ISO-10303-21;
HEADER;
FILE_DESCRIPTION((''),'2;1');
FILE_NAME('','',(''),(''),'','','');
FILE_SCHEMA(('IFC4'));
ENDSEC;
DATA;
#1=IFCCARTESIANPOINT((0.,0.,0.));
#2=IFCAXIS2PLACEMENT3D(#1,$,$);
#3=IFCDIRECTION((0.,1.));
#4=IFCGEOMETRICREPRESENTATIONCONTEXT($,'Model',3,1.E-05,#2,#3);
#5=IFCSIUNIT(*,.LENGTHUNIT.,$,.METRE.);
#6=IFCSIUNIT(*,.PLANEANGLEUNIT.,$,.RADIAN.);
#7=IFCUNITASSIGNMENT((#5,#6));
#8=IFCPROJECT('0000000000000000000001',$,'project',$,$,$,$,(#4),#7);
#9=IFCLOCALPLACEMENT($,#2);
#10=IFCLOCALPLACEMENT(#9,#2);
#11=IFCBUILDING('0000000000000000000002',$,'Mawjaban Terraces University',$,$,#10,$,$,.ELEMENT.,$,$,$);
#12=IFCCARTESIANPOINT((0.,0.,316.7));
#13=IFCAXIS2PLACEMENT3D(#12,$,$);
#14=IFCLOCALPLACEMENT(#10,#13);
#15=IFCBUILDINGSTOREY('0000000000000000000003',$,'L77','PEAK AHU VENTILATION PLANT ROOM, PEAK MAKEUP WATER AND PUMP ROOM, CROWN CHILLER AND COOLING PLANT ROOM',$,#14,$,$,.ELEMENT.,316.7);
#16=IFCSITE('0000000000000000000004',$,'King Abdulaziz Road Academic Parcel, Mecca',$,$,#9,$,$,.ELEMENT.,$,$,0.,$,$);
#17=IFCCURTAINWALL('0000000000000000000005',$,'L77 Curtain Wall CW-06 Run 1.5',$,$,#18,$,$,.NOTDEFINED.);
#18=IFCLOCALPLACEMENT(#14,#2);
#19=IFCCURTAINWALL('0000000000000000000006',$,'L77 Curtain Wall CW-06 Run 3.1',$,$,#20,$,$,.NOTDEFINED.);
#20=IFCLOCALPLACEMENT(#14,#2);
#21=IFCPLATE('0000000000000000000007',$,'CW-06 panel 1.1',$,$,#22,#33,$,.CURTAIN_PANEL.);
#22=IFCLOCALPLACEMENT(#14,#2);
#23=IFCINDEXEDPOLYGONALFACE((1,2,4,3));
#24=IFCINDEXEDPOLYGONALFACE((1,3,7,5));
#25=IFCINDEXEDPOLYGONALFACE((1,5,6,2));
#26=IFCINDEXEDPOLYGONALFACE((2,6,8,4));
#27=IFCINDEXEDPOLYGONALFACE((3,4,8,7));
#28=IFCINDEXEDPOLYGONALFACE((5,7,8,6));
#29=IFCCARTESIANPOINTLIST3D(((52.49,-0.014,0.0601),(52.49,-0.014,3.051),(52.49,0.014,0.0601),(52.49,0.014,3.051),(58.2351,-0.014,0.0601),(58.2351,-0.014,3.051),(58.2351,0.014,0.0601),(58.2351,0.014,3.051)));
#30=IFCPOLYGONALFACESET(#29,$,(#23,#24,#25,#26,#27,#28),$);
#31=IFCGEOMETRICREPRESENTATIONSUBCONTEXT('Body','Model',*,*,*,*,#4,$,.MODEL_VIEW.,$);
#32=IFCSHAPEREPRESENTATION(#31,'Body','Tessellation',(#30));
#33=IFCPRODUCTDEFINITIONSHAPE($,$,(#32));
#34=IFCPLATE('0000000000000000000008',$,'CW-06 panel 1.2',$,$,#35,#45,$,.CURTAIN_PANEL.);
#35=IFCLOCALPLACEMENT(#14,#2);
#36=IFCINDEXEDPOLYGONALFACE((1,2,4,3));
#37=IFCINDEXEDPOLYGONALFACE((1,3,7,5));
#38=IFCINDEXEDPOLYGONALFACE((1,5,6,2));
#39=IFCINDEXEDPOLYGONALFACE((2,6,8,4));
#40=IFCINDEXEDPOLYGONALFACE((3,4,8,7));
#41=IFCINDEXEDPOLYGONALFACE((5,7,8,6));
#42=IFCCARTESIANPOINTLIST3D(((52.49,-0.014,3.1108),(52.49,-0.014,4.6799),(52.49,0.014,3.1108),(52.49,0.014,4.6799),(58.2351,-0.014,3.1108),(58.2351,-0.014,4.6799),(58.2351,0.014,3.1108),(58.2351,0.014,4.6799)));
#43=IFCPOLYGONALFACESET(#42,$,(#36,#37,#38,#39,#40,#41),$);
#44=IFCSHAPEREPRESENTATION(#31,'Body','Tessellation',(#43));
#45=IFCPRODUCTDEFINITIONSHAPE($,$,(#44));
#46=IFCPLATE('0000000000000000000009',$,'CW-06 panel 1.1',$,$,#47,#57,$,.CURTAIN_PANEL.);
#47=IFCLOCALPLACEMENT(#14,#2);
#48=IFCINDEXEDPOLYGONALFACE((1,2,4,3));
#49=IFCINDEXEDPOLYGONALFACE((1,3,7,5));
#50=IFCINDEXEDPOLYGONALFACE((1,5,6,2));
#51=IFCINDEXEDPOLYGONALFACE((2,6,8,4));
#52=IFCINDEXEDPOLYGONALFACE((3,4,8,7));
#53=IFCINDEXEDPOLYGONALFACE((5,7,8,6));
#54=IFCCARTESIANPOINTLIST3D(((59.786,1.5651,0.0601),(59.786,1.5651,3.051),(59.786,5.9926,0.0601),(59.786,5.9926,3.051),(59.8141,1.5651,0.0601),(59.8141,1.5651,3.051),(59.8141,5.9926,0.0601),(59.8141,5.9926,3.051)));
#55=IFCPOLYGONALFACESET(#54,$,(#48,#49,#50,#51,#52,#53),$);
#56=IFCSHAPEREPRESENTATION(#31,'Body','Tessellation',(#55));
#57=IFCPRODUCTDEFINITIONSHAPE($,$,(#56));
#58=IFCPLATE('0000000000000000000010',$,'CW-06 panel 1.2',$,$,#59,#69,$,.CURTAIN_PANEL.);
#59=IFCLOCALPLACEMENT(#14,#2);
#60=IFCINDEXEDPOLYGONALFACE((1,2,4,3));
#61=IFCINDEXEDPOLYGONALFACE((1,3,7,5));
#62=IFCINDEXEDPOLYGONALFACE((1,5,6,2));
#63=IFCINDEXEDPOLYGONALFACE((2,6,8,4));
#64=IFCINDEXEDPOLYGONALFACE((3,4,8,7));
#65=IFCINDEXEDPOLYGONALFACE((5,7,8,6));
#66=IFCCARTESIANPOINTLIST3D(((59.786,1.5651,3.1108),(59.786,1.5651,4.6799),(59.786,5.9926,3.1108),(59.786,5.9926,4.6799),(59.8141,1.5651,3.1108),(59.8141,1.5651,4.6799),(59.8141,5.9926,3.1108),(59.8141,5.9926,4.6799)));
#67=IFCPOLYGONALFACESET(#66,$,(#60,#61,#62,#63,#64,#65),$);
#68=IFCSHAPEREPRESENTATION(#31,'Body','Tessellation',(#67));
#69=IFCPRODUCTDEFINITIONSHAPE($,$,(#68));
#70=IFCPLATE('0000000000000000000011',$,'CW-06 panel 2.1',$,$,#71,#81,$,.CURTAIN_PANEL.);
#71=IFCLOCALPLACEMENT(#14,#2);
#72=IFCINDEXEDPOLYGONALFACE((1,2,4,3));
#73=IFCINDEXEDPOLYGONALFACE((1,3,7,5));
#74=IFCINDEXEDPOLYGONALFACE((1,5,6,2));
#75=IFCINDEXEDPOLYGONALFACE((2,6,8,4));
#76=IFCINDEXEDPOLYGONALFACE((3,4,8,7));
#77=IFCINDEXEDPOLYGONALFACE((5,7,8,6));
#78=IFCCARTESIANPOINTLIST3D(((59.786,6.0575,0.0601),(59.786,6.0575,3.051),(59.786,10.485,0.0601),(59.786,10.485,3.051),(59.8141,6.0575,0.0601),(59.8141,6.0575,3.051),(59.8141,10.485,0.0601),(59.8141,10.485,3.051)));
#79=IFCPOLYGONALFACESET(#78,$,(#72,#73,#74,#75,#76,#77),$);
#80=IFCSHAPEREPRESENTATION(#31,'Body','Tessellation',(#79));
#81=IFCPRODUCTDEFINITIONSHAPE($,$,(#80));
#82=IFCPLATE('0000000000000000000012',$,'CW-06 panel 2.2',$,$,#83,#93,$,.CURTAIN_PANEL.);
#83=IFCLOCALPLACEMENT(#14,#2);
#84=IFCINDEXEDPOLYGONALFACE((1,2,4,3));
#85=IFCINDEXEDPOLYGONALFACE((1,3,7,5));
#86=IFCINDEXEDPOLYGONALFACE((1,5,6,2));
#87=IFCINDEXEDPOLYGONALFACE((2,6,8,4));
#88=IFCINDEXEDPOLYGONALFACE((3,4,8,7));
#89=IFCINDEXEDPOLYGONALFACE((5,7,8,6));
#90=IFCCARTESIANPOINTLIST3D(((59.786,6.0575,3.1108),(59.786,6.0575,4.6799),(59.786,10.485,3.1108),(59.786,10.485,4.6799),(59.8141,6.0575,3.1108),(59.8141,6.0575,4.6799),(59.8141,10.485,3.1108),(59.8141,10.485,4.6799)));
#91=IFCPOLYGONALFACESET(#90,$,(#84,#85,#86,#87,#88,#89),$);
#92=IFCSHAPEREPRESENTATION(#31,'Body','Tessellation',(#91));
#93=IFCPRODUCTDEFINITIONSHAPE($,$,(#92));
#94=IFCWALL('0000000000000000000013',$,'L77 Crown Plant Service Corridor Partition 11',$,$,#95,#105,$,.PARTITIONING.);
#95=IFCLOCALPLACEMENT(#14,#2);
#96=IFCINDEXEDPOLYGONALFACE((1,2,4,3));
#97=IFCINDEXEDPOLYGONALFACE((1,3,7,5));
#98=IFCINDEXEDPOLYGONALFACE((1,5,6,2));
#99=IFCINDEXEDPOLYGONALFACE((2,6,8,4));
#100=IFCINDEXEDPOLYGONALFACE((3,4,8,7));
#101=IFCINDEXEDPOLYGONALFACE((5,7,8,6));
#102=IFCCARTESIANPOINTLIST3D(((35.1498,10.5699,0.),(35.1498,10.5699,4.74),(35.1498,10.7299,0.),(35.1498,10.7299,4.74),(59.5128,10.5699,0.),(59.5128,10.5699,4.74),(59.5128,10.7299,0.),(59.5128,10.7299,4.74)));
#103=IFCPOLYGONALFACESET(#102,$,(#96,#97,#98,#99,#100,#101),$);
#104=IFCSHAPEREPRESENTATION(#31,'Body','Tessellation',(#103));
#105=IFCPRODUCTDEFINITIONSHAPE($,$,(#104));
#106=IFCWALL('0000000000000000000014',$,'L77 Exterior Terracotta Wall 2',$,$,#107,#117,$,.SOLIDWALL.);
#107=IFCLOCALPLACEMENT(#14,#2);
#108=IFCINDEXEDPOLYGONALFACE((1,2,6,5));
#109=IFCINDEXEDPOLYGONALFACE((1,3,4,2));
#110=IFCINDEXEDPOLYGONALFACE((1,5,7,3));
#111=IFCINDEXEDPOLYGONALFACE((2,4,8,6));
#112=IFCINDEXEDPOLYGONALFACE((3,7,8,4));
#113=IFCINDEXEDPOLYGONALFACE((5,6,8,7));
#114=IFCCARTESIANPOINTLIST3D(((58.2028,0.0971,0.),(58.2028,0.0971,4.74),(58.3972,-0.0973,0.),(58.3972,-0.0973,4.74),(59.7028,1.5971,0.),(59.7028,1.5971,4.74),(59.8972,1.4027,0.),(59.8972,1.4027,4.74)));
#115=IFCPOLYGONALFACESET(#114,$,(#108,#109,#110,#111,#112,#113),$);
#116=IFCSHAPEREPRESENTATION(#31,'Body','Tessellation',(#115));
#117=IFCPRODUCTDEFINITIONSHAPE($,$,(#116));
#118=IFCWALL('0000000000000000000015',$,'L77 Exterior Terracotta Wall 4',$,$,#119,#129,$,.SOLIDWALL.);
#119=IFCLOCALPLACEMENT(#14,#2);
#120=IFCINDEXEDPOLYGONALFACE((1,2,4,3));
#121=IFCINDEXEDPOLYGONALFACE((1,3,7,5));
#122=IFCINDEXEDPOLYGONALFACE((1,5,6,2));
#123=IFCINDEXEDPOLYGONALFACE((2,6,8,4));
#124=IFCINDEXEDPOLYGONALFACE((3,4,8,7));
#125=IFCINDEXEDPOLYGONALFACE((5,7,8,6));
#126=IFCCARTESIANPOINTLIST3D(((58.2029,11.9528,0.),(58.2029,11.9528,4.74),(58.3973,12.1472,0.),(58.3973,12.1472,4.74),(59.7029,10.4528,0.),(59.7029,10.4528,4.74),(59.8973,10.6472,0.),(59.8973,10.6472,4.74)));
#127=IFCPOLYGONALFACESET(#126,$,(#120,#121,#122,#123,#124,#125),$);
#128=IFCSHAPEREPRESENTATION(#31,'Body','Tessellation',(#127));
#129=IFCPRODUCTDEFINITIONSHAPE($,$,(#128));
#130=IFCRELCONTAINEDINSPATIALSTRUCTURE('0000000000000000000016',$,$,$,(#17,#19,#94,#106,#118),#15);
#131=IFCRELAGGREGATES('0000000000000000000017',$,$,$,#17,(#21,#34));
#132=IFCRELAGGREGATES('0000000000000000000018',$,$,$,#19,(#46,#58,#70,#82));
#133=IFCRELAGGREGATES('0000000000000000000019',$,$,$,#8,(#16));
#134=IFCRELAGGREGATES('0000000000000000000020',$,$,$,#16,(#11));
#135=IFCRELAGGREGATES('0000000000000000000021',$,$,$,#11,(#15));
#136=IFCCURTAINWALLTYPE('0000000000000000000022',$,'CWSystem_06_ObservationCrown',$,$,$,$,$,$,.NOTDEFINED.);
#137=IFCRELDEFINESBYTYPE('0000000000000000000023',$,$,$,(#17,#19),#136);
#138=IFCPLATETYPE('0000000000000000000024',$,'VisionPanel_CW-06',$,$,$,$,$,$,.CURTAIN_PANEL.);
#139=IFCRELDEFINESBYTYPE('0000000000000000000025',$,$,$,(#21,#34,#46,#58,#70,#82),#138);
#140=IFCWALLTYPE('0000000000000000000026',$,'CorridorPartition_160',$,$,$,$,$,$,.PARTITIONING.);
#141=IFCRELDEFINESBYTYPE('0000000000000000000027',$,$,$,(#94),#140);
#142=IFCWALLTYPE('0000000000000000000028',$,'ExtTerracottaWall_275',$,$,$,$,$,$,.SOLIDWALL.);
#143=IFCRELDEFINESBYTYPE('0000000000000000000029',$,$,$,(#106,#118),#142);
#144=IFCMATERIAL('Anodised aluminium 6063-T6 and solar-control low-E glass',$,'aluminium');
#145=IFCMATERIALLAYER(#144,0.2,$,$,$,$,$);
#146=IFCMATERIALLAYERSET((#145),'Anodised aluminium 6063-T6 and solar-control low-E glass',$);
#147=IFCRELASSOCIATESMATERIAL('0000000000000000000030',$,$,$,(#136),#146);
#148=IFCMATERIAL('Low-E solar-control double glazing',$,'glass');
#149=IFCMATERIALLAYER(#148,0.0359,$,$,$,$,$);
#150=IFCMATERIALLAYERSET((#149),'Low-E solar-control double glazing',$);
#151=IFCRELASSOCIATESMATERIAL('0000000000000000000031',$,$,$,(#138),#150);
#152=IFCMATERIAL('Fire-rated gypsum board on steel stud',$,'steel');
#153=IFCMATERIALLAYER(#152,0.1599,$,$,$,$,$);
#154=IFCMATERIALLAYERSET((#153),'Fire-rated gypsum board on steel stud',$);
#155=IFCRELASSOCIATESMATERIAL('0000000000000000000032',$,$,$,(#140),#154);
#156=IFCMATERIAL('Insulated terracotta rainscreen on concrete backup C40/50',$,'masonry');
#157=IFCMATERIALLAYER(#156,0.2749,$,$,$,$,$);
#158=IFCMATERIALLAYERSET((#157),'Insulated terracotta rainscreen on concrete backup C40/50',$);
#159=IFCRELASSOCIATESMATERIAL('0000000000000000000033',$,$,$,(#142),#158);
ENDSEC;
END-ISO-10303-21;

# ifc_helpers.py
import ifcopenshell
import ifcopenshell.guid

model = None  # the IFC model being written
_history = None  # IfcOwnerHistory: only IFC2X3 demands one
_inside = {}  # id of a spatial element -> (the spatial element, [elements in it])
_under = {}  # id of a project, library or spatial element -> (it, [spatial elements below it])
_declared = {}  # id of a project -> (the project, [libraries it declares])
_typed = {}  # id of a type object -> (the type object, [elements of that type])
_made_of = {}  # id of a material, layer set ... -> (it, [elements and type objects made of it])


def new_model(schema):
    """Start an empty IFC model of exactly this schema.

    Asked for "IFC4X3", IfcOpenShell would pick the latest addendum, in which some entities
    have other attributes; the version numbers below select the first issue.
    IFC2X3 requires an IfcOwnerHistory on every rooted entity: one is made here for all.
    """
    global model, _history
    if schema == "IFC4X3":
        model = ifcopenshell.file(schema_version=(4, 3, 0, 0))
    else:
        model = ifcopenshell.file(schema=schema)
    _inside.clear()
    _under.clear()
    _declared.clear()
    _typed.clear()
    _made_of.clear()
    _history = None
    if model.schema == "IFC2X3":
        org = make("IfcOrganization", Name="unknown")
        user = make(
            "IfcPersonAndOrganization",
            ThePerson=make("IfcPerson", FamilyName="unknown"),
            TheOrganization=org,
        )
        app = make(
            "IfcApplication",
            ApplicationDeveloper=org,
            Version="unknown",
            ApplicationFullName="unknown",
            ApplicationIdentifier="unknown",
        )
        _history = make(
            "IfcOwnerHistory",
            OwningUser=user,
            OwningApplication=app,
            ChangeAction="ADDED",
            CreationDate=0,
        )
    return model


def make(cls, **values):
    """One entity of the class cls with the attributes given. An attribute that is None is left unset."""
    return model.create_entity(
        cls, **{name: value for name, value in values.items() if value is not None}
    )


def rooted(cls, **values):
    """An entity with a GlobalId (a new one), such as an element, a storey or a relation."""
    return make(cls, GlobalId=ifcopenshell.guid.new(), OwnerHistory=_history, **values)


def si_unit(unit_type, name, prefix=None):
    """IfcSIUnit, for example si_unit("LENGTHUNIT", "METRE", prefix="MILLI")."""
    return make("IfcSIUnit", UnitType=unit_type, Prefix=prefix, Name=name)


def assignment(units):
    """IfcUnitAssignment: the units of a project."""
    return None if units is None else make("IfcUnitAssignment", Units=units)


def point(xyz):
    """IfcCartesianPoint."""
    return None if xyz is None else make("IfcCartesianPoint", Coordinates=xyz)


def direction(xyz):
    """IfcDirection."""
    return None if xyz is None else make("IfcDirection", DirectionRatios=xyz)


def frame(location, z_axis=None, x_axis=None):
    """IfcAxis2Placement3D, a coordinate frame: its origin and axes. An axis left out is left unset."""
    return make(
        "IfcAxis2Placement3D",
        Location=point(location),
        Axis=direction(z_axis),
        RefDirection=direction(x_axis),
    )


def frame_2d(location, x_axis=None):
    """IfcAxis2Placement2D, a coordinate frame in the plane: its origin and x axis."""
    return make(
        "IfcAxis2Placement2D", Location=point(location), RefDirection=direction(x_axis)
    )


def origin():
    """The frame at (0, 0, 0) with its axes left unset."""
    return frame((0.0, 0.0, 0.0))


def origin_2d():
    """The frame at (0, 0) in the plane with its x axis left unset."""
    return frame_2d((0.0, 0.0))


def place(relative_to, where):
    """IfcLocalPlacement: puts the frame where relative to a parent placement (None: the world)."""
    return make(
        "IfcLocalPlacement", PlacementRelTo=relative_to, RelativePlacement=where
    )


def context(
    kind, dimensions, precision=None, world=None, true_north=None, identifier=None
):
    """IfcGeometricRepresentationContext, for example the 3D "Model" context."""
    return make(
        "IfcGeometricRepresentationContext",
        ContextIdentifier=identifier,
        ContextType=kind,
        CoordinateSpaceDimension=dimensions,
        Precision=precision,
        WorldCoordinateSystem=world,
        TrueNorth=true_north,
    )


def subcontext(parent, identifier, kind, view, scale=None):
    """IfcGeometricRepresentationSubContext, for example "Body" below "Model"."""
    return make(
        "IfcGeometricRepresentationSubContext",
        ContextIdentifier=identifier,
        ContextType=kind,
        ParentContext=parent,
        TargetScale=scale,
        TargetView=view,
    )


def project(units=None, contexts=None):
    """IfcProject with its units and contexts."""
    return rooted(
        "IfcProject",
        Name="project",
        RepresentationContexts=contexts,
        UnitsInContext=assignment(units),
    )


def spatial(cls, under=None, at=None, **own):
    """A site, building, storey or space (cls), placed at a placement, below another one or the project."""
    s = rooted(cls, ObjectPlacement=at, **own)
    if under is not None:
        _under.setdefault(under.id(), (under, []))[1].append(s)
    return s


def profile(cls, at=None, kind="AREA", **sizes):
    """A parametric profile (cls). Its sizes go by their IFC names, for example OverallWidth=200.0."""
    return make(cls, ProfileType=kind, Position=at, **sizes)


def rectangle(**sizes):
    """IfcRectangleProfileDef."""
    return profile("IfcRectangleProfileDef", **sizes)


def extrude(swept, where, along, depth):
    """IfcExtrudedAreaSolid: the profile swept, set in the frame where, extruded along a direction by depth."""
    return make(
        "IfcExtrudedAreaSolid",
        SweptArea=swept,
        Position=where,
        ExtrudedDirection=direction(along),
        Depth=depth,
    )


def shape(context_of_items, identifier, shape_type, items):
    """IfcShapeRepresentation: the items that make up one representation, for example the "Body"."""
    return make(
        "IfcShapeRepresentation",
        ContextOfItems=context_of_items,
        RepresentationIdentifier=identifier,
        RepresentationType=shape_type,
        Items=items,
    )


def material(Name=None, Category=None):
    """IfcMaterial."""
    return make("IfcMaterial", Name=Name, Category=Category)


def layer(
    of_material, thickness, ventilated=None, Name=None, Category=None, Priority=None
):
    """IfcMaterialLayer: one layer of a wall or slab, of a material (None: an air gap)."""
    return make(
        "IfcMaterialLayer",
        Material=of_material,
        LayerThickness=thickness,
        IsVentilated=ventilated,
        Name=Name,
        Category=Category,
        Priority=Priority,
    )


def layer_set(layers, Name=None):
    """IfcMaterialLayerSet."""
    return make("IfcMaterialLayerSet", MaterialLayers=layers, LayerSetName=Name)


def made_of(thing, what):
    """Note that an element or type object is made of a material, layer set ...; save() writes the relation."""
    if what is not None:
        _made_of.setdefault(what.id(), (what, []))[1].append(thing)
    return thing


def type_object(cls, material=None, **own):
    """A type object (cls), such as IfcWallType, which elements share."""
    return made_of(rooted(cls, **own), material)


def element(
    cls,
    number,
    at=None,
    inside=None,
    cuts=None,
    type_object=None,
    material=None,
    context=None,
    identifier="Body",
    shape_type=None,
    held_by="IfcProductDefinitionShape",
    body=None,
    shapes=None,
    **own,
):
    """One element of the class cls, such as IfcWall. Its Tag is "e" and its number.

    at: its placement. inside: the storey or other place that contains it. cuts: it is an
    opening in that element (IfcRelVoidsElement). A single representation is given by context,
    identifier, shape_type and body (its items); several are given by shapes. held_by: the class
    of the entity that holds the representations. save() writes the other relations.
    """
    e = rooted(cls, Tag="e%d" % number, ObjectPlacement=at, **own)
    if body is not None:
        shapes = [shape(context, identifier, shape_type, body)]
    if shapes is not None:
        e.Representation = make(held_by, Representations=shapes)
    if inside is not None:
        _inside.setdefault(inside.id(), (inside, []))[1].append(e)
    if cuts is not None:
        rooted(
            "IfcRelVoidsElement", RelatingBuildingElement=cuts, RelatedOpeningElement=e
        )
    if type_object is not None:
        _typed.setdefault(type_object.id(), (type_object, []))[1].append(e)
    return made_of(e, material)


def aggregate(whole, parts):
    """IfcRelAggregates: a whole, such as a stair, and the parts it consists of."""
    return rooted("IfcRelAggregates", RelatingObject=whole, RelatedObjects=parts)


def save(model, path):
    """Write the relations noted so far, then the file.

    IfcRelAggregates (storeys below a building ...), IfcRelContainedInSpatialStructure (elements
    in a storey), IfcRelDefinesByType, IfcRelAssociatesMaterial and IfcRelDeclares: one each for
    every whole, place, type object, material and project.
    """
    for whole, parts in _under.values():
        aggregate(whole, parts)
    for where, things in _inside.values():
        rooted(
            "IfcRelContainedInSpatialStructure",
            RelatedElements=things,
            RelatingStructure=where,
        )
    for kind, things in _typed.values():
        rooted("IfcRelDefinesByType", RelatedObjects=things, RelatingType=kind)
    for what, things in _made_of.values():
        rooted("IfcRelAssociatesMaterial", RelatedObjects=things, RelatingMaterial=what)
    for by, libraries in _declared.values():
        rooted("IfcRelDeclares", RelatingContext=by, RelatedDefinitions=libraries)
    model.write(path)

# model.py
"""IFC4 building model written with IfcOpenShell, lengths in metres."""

from ifc_helpers import new_model, si_unit, direction, frame, frame_2d, origin, origin_2d, place, context, subcontext, project, spatial, rectangle, extrude, material, layer, layer_set, type_object, element, aggregate, save


model = new_model("IFC4")

# Units and contexts
model_context = context("Model", 3, precision=1e-05, world=origin(), true_north=direction((0.0, 1.0)))
body_context = subcontext(model_context, "Body", "Model", "MODEL_VIEW")
ifc_project = project(units=[si_unit("LENGTHUNIT", "METRE"), si_unit("PLANEANGLEUNIT", "RADIAN")], contexts=[model_context])

# Site, building, storey
site_placement = place(None, origin())
site = spatial("IfcSite", under=ifc_project, at=site_placement, Name="King Abdulaziz Road Academic Parcel, Mecca", CompositionType="ELEMENT", RefElevation=0.0)
building_placement = place(site_placement, origin())
building = spatial("IfcBuilding", under=site, at=building_placement, Name="Mawjaban Terraces University", CompositionType="ELEMENT")
storey_placement = place(building_placement, frame((0.0, 0.0, 316.7)))
storey = spatial("IfcBuildingStorey", under=building, at=storey_placement, Name="L77", Description="PEAK AHU VENTILATION PLANT ROOM, PEAK MAKEUP WATER AND PUMP ROOM, CROWN CHILLER AND COOLING PLANT ROOM", CompositionType="ELEMENT", Elevation=316.7)

# Curtain wall
ifc_material_1 = material(Name="Anodised aluminium 6063-T6 and solar-control low-E glass", Category="aluminium")
ifc_layer_1 = layer(ifc_material_1, 0.2)
ifc_layer_set_1 = layer_set([ifc_layer_1], Name="Anodised aluminium 6063-T6 and solar-control low-E glass")
curtain_wall_type = type_object("IfcCurtainWallType", Name="CWSystem_06_ObservationCrown", PredefinedType="NOTDEFINED", material=ifc_layer_set_1)
curtain_wall_1_placement = place(storey_placement, origin())
curtain_wall_1 = element("IfcCurtainWall", 1, at=curtain_wall_1_placement, inside=storey, type_object=curtain_wall_type, Name="L77 Curtain Wall CW-06 Run 1.5", PredefinedType="NOTDEFINED")

# Curtain wall
curtain_wall_2_placement = place(storey_placement, origin())
curtain_wall_2 = element("IfcCurtainWall", 2, at=curtain_wall_2_placement, inside=storey, type_object=curtain_wall_type, Name="L77 Curtain Wall CW-06 Run 3.1", PredefinedType="NOTDEFINED")

# Plates
ifc_material_2 = material(Name="Low-E solar-control double glazing", Category="glass")
ifc_layer_2 = layer(ifc_material_2, 0.0359)
ifc_layer_set_2 = layer_set([ifc_layer_2], Name="Low-E solar-control double glazing")
plate_type = type_object("IfcPlateType", Name="VisionPanel_CW-06", PredefinedType="CURTAIN_PANEL", material=ifc_layer_set_2)
plate_1_placement = place(storey_placement, frame((55.3625, 0.0, 0.0601), z_axis=(0.0, 0.0, 1.0), x_axis=(1.0, 0.0, 0.0)))
plate_1 = element("IfcPlate", 3, at=plate_1_placement, type_object=plate_type, Name="CW-06 panel 1.1", PredefinedType="CURTAIN_PANEL", context=body_context, shape_type="SweptSolid", body=[
    extrude(rectangle(XDim=5.7451, YDim=0.0281, at=origin_2d()), origin(), (0.0, 0.0, 1.0), 2.991),
])
plate_2_placement = place(storey_placement, frame((55.3625, 0.0, 3.1108), z_axis=(0.0, 0.0, 1.0), x_axis=(1.0, 0.0, 0.0)))
plate_2 = element("IfcPlate", 4, at=plate_2_placement, type_object=plate_type, Name="CW-06 panel 1.2", PredefinedType="CURTAIN_PANEL", context=body_context, shape_type="SweptSolid", body=[
    extrude(rectangle(XDim=5.7451, YDim=0.0281, at=origin_2d()), origin(), (0.0, 0.0, 1.0), 1.5691),
])
aggregate(curtain_wall_1, [plate_1, plate_2])
plate_3_placement = place(storey_placement, frame((59.8, 3.7788, 0.0601), z_axis=(0.0, 0.0, 1.0), x_axis=(0.0, 1.0, 0.0)))
plate_3 = element("IfcPlate", 5, at=plate_3_placement, type_object=plate_type, Name="CW-06 panel 1.1", PredefinedType="CURTAIN_PANEL", context=body_context, shape_type="SweptSolid", body=[
    extrude(rectangle(XDim=4.4275, YDim=0.0281, at=origin_2d()), origin(), (0.0, 0.0, 1.0), 2.991),
])
plate_4_placement = place(storey_placement, frame((59.8, 3.7788, 3.1108), z_axis=(0.0, 0.0, 1.0), x_axis=(0.0, 1.0, 0.0)))
plate_4 = element("IfcPlate", 6, at=plate_4_placement, type_object=plate_type, Name="CW-06 panel 1.2", PredefinedType="CURTAIN_PANEL", context=body_context, shape_type="SweptSolid", body=[
    extrude(rectangle(XDim=4.4275, YDim=0.0281, at=origin_2d()), origin(), (0.0, 0.0, 1.0), 1.5691),
])
plate_5_placement = place(storey_placement, frame((59.8, 8.2712, 0.0601), z_axis=(0.0, 0.0, 1.0), x_axis=(0.0, 1.0, 0.0)))
plate_5 = element("IfcPlate", 7, at=plate_5_placement, type_object=plate_type, Name="CW-06 panel 2.1", PredefinedType="CURTAIN_PANEL", context=body_context, shape_type="SweptSolid", body=[
    extrude(rectangle(XDim=4.4275, YDim=0.0281, at=origin_2d()), origin(), (0.0, 0.0, 1.0), 2.991),
])
plate_6_placement = place(storey_placement, frame((59.8, 8.2712, 3.1108), z_axis=(0.0, 0.0, 1.0), x_axis=(0.0, 1.0, 0.0)))
plate_6 = element("IfcPlate", 8, at=plate_6_placement, type_object=plate_type, Name="CW-06 panel 2.2", PredefinedType="CURTAIN_PANEL", context=body_context, shape_type="SweptSolid", body=[
    extrude(rectangle(XDim=4.4275, YDim=0.0281, at=origin_2d()), origin(), (0.0, 0.0, 1.0), 1.5691),
])
aggregate(curtain_wall_2, [plate_3, plate_4, plate_5, plate_6])

# Walls
ifc_material_3 = material(Name="Fire-rated gypsum board on steel stud", Category="steel")
ifc_layer_3 = layer(ifc_material_3, 0.1599)
ifc_layer_set_3 = layer_set([ifc_layer_3], Name="Fire-rated gypsum board on steel stud")
wall_type_1 = type_object("IfcWallType", Name="CorridorPartition_160", PredefinedType="PARTITIONING", material=ifc_layer_set_3)
wall_placement = place(storey_placement, frame((59.5129, 10.6499, 0.0), z_axis=(0.0, 0.0, 1.0), x_axis=(-1.0, 0.0, 0.0)))
element("IfcWall", 9, at=wall_placement, inside=storey, type_object=wall_type_1, Name="L77 Crown Plant Service Corridor Partition 11", PredefinedType="PARTITIONING", context=body_context, shape_type="SweptSolid", body=[
    extrude(rectangle(XDim=24.363, YDim=0.1599, at=frame_2d((12.1816, 0.0))), origin(), (0.0, 0.0, 1.0), 4.74),
])
ifc_material_4 = material(Name="Insulated terracotta rainscreen on concrete backup C40/50", Category="masonry")
ifc_layer_4 = layer(ifc_material_4, 0.2749)
ifc_layer_set_4 = layer_set([ifc_layer_4], Name="Insulated terracotta rainscreen on concrete backup C40/50")
wall_type_2 = type_object("IfcWallType", Name="ExtTerracottaWall_275", PredefinedType="SOLIDWALL", material=ifc_layer_set_4)
for number, where, z_axis, x_axis, name in (
    (10, (58.3, 0.0, 0.0), (0.0, 0.0, 1.0), (0.707107, 0.707107, 0.0), "L77 Exterior Terracotta Wall 2"),
    (11, (59.8, 10.55, 0.0), (0.0, 0.0, 1.0), (-0.707107, 0.707107, 0.0), "L77 Exterior Terracotta Wall 4"),
):
    element("IfcWall", number, at=place(storey_placement, frame(where, z_axis=z_axis, x_axis=x_axis)), inside=storey, type_object=wall_type_2, Name=name, PredefinedType="SOLIDWALL", context=body_context, shape_type="SweptSolid", body=[
        extrude(rectangle(XDim=2.1213, YDim=0.2749, at=frame_2d((1.0605, 0.0))), origin(), (0.0, 0.0, 1.0), 4.74),
    ])

save(model, "model.ifc")
